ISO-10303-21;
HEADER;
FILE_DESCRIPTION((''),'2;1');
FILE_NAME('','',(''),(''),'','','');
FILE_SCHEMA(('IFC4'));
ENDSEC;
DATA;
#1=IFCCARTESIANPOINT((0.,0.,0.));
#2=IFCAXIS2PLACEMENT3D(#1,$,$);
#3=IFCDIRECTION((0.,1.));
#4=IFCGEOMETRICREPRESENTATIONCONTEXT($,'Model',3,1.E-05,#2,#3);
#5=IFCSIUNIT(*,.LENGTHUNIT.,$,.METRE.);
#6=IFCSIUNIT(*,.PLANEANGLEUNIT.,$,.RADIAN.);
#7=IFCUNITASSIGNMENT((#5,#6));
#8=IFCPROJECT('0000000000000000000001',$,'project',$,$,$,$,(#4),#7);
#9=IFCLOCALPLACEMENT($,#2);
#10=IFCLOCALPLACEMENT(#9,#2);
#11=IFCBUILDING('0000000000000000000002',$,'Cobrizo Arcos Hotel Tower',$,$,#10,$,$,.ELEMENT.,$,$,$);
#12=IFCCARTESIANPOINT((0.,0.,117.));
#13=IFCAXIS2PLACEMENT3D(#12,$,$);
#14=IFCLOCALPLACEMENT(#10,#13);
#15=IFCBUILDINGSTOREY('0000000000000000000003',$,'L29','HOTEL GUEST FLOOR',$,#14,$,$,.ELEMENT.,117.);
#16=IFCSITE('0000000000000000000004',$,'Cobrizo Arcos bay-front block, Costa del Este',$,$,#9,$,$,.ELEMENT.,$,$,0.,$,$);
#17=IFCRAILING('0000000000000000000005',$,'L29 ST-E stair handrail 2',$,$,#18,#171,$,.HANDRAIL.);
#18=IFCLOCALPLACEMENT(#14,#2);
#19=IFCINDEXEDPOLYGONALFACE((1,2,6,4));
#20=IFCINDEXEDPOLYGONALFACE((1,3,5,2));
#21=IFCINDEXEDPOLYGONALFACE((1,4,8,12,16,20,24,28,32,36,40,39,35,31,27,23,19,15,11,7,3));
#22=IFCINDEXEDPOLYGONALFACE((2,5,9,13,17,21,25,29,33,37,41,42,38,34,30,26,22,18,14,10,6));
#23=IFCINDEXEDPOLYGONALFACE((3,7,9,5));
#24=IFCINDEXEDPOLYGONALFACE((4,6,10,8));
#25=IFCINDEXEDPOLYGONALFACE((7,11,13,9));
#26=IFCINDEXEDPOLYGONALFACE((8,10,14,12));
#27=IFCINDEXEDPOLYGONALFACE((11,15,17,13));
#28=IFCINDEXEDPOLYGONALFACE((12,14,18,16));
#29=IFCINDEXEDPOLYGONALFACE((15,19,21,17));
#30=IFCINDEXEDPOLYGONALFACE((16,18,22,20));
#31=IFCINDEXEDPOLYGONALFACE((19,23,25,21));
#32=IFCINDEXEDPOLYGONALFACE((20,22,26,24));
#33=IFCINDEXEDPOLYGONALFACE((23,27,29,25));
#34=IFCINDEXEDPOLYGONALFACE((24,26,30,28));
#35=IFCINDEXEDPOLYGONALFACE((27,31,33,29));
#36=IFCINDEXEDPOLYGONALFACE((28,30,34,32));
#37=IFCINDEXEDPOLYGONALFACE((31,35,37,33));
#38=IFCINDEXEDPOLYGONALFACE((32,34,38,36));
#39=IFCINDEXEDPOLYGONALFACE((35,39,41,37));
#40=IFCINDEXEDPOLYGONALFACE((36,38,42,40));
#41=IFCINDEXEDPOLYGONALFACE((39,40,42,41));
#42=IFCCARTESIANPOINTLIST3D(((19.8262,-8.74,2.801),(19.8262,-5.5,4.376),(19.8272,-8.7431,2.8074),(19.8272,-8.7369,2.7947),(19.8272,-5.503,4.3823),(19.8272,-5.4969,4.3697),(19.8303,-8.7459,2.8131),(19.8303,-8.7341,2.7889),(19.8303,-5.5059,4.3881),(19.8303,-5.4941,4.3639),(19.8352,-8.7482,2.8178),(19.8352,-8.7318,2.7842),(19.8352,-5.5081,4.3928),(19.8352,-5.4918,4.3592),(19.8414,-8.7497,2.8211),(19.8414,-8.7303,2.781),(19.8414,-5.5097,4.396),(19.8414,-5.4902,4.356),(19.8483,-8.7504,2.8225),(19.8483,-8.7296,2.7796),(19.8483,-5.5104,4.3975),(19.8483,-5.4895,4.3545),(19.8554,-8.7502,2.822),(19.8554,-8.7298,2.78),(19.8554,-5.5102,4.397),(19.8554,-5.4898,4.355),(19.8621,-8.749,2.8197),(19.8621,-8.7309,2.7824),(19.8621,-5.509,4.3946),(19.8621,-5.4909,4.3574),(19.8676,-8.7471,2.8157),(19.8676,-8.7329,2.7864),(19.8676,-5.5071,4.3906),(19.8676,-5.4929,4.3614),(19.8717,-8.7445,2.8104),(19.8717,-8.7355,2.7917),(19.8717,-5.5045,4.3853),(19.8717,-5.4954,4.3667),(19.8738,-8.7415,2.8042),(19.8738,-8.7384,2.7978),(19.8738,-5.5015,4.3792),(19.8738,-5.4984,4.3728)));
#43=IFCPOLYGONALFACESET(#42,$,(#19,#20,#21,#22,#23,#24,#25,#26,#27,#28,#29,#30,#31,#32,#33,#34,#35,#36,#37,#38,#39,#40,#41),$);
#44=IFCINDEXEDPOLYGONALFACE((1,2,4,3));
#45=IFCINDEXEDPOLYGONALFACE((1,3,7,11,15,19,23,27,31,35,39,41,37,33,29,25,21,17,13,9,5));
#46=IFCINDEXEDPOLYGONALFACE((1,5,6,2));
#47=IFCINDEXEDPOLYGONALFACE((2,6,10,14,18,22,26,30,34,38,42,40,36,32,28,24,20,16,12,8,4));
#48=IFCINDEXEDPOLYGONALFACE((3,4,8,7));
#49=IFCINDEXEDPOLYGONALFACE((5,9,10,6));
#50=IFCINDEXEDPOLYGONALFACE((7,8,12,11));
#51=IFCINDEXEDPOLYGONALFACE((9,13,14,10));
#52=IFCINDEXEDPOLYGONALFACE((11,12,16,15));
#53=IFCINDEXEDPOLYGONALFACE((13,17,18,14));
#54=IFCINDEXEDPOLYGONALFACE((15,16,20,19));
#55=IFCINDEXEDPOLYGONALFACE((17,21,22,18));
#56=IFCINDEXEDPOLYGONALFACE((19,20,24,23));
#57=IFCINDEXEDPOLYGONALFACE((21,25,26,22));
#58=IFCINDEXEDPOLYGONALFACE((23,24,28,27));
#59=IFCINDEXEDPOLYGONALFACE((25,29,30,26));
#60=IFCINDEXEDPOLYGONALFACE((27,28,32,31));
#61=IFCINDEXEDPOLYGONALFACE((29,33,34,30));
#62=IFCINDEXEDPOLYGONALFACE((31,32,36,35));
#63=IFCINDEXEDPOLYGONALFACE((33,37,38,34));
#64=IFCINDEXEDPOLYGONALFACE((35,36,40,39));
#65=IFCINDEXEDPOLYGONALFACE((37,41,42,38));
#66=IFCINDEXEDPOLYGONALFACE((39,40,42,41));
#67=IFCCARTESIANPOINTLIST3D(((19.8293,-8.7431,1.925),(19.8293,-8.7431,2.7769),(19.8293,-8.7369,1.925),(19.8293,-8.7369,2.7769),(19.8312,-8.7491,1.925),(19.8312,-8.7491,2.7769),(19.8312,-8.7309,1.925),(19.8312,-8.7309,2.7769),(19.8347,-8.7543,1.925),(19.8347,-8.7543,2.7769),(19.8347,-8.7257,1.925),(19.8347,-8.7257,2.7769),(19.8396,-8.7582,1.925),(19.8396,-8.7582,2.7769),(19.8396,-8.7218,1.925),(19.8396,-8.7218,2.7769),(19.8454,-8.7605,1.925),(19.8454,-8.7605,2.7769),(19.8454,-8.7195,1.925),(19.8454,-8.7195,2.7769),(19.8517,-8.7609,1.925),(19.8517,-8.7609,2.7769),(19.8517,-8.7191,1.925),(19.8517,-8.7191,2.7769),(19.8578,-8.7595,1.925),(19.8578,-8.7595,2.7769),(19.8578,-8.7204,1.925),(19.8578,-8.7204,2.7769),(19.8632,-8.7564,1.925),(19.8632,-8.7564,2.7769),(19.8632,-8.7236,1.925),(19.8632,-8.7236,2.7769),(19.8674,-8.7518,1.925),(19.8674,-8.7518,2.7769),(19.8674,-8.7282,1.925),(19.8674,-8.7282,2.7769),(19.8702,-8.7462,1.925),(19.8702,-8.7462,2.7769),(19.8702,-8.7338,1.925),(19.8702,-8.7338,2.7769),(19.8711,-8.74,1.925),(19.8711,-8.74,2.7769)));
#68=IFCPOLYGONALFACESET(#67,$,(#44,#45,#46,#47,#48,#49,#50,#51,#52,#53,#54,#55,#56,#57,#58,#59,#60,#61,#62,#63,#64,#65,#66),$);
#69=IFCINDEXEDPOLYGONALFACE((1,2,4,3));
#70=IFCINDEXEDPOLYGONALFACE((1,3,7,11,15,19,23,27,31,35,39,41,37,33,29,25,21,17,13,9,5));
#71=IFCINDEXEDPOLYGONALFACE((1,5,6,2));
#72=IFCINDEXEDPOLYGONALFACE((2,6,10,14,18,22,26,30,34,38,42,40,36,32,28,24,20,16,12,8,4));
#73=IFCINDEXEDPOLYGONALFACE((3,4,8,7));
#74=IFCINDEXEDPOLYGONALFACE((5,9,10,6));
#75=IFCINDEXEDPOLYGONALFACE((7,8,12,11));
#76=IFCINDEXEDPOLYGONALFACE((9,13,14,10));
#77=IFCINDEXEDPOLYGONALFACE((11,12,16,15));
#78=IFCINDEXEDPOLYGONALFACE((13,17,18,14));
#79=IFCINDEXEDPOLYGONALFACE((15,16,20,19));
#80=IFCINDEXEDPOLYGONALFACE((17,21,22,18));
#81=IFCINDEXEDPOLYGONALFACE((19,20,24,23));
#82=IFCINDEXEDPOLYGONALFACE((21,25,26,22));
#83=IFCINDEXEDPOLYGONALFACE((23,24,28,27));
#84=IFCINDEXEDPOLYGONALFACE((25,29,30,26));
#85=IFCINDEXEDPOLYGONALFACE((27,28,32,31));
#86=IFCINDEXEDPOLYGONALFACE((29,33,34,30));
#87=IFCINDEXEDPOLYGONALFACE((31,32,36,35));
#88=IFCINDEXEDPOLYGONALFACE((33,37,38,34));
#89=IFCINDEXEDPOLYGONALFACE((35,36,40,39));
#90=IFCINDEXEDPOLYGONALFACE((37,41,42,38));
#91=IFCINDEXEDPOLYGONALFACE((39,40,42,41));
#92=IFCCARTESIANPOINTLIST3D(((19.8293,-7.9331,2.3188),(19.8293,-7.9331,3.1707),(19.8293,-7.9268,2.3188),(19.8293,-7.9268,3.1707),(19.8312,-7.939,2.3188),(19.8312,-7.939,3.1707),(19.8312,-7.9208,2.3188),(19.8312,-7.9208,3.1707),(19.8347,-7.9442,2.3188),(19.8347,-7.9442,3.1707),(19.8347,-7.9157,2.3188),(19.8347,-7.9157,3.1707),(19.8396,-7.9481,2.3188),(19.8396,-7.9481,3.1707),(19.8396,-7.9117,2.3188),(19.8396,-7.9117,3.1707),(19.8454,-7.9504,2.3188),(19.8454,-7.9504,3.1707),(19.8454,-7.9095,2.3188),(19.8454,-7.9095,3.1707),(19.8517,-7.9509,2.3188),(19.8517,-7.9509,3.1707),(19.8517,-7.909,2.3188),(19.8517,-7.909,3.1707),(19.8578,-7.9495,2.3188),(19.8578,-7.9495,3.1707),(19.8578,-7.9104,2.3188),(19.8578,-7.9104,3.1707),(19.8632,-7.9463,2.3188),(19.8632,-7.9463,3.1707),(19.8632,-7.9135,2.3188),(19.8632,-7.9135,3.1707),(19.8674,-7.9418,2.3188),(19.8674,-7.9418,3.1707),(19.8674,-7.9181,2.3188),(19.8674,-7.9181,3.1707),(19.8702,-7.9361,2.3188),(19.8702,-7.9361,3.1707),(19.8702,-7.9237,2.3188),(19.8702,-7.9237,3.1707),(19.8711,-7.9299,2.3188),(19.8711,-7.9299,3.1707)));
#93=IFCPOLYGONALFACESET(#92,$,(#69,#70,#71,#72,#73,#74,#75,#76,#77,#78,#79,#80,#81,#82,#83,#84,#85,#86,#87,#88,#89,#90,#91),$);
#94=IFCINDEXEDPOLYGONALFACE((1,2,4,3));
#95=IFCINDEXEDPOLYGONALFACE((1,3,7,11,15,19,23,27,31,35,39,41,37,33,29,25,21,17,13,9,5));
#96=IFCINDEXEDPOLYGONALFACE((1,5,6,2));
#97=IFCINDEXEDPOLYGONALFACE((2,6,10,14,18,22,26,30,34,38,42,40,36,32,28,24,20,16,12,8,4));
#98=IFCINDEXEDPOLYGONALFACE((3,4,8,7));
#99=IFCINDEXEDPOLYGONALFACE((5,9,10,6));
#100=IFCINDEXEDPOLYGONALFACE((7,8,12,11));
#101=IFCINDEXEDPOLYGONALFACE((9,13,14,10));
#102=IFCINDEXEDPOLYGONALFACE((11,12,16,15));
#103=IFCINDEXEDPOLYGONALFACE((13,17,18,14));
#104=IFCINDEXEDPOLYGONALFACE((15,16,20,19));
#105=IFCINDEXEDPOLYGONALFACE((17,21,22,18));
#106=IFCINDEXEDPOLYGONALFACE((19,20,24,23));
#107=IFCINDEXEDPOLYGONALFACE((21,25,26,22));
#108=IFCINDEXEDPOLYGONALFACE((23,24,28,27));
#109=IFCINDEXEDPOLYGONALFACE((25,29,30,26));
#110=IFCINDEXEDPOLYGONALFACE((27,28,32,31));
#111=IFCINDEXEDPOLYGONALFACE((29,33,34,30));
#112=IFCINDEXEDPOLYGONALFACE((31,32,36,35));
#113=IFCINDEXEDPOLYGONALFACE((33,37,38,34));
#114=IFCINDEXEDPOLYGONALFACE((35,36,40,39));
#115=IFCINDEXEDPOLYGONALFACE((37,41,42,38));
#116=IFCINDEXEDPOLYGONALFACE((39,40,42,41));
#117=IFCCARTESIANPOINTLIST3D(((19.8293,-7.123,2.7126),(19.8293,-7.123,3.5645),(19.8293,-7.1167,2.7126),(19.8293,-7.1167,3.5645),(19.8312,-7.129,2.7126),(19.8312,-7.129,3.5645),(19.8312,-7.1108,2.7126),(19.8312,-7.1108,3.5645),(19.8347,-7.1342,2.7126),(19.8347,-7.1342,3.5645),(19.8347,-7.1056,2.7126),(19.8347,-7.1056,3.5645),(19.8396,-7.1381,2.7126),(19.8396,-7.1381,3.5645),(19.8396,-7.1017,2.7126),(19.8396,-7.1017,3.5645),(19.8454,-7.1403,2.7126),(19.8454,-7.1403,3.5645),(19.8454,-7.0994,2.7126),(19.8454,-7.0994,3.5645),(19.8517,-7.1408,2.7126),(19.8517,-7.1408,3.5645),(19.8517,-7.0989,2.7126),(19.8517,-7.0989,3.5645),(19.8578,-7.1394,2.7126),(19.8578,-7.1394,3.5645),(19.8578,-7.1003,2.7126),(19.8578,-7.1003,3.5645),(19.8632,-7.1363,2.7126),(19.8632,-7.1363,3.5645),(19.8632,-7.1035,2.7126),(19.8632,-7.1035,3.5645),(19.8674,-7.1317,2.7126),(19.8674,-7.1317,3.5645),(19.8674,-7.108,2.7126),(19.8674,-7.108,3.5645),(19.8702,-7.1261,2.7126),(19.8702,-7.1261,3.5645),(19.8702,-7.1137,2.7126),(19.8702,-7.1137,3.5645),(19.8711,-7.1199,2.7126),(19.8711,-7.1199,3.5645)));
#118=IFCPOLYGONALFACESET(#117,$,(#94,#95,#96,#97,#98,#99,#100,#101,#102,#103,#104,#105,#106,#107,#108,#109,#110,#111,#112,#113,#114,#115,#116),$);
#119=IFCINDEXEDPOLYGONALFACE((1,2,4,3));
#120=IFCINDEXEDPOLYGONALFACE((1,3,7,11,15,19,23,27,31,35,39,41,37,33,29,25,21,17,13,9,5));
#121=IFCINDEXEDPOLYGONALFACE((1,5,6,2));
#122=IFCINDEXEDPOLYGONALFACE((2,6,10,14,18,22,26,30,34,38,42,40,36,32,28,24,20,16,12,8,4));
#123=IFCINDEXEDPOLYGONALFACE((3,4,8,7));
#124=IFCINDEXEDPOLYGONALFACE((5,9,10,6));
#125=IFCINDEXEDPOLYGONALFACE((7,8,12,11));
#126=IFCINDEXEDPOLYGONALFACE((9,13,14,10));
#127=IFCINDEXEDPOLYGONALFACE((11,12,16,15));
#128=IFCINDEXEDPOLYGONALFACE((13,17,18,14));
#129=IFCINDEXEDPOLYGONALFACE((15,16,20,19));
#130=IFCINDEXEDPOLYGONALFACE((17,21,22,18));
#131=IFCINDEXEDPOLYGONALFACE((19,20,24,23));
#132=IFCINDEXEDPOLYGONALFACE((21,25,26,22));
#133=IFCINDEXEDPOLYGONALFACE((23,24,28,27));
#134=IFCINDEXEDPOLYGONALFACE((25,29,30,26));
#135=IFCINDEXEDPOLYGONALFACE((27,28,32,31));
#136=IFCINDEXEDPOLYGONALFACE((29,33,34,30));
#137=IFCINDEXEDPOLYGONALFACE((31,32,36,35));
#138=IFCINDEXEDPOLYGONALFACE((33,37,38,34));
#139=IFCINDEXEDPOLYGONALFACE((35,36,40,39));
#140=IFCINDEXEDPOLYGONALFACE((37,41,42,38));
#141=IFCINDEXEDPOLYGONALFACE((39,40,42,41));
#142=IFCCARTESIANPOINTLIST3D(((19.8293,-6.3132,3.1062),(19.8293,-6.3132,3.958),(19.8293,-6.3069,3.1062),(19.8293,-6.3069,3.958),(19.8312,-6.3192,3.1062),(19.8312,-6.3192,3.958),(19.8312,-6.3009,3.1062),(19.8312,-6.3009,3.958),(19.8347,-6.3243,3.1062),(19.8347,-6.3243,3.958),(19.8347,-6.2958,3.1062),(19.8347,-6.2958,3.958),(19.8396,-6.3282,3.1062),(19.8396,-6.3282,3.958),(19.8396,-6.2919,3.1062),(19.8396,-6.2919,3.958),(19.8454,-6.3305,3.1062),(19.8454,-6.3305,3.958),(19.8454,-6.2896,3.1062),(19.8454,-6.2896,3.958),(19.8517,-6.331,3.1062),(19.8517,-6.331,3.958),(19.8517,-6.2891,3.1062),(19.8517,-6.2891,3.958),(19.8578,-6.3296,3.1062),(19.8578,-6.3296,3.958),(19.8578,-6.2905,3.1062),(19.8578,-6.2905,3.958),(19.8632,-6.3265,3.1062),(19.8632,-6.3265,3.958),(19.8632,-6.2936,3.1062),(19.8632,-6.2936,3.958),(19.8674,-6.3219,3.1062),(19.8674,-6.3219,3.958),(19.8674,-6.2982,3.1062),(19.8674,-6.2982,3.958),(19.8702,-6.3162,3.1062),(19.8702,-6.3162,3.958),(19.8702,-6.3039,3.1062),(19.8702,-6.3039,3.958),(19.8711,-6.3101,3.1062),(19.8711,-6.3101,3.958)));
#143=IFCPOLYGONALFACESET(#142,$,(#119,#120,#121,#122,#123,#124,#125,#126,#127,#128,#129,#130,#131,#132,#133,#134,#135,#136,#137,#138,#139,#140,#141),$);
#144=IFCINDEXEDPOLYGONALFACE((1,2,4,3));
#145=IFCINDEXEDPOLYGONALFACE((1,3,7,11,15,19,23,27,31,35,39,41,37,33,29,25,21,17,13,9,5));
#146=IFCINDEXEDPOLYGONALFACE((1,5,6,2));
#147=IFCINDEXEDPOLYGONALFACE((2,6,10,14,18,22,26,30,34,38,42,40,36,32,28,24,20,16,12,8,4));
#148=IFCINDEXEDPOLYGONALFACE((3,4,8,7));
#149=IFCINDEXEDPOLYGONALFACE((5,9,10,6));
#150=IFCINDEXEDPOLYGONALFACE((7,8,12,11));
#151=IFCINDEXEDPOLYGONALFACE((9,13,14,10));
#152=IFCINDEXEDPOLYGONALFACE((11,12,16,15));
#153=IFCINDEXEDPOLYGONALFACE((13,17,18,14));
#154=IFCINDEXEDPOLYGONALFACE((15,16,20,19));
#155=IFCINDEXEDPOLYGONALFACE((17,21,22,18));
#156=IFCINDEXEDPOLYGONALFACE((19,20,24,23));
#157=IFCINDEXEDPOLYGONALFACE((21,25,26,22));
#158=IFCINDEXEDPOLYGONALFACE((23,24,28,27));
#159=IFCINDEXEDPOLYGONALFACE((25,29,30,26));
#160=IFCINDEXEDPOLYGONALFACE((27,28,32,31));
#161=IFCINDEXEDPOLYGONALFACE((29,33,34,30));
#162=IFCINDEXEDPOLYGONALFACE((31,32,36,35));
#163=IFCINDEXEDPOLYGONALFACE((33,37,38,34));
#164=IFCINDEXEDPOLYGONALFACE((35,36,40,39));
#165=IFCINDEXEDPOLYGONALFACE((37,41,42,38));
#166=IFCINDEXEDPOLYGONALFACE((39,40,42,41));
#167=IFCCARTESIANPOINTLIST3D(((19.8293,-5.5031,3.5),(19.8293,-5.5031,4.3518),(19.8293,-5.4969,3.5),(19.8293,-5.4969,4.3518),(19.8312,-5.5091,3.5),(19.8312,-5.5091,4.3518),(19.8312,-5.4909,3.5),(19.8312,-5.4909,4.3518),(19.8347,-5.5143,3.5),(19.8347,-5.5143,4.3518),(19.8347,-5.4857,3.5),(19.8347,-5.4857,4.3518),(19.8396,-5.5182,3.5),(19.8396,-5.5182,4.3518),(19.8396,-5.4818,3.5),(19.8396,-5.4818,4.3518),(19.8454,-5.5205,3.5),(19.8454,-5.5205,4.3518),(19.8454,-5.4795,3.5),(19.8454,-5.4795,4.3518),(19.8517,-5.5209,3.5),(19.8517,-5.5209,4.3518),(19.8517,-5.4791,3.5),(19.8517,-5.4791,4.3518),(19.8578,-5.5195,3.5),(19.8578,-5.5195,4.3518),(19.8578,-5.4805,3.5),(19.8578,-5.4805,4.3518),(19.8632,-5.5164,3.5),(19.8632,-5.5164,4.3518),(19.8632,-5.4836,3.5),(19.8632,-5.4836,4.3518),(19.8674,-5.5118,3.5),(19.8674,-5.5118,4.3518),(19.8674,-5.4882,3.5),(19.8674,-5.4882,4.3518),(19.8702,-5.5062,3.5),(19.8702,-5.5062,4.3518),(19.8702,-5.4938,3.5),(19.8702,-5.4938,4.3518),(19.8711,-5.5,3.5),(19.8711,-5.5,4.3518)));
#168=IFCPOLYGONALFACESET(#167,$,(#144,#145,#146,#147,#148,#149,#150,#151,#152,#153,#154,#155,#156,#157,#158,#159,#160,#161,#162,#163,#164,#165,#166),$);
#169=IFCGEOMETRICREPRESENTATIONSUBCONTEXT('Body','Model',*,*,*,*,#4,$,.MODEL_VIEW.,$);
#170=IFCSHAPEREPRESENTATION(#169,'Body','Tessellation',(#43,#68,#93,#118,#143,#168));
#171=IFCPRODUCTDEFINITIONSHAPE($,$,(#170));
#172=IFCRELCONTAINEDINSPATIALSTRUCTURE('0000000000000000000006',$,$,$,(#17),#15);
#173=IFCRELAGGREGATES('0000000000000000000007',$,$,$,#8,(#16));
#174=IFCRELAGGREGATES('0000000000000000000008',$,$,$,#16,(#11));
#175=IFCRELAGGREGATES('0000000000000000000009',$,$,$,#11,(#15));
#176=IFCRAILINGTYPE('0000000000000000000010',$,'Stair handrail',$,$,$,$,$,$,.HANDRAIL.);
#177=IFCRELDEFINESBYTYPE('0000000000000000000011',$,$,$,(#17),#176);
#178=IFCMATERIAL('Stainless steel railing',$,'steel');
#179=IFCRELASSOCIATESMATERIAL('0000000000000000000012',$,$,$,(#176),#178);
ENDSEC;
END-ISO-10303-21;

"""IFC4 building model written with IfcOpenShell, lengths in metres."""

from ifc_helpers import new_model, si_unit, direction, frame, origin, origin_2d, place, context, subcontext, project, spatial, circle, extrude, material, type_object, element, save


model = new_model("IFC4")

# Units and contexts
model_context = context("Model", 3, precision=1e-05, world=origin(), true_north=direction((0.0, 1.0)))
body_context = subcontext(model_context, "Body", "Model", "MODEL_VIEW")
ifc_project = project(units=[si_unit("LENGTHUNIT", "METRE"), si_unit("PLANEANGLEUNIT", "RADIAN")], contexts=[model_context])

# Site, building, storey
site_placement = place(None, origin())
site = spatial("IfcSite", under=ifc_project, at=site_placement, Name="Cobrizo Arcos bay-front block, Costa del Este", CompositionType="ELEMENT", RefElevation=0.0)
building_placement = place(site_placement, origin())
building = spatial("IfcBuilding", under=site, at=building_placement, Name="Cobrizo Arcos Hotel Tower", CompositionType="ELEMENT")
storey_placement = place(building_placement, frame((0.0, 0.0, 117.0)))
storey = spatial("IfcBuildingStorey", under=building, at=storey_placement, Name="L29", Description="HOTEL GUEST FLOOR", CompositionType="ELEMENT", Elevation=117.0)

# Railing
ifc_material_1 = material(Name="Stainless steel railing", Category="steel")
railing_type_1 = type_object("IfcRailingType", Name="Stair handrail", PredefinedType="HANDRAIL", material=ifc_material_1)
railing_1_placement = place(storey_placement, frame((19.8501, -8.74, 1.925)))
element("IfcRailing", 1, at=railing_1_placement, inside=storey, type_object=railing_type_1, Name="L29 ST-E stair handrail 2", PredefinedType="HANDRAIL", context=body_context, shape_type="SweptSolid", body=[
    extrude(circle(Radius=0.0239, at=origin_2d()), frame((0.0, 0.0, 0.876), z_axis=(0.0, 0.899373, 0.437183), x_axis=(-1.0, 0.0, 0.0)), (0.0, 0.0, 1.0), 3.6025),
    extrude(circle(Radius=0.021, at=origin_2d()), origin(), (0.0, 0.0, 1.0), 0.8518),
    extrude(circle(Radius=0.021, at=origin_2d()), frame((0.0, 0.8101, 0.3938)), (0.0, 0.0, 1.0), 0.8518),
    extrude(circle(Radius=0.021, at=origin_2d()), frame((0.0, 1.6201, 0.7876)), (0.0, 0.0, 1.0), 0.8518),
    extrude(circle(Radius=0.021, at=origin_2d()), frame((0.0, 2.4299, 1.1812)), (0.0, 0.0, 1.0), 0.8518),
    extrude(circle(Radius=0.021, at=origin_2d()), frame((0.0, 3.24, 1.575)), (0.0, 0.0, 1.0), 0.8518),
])

save(model, "model.ifc")
